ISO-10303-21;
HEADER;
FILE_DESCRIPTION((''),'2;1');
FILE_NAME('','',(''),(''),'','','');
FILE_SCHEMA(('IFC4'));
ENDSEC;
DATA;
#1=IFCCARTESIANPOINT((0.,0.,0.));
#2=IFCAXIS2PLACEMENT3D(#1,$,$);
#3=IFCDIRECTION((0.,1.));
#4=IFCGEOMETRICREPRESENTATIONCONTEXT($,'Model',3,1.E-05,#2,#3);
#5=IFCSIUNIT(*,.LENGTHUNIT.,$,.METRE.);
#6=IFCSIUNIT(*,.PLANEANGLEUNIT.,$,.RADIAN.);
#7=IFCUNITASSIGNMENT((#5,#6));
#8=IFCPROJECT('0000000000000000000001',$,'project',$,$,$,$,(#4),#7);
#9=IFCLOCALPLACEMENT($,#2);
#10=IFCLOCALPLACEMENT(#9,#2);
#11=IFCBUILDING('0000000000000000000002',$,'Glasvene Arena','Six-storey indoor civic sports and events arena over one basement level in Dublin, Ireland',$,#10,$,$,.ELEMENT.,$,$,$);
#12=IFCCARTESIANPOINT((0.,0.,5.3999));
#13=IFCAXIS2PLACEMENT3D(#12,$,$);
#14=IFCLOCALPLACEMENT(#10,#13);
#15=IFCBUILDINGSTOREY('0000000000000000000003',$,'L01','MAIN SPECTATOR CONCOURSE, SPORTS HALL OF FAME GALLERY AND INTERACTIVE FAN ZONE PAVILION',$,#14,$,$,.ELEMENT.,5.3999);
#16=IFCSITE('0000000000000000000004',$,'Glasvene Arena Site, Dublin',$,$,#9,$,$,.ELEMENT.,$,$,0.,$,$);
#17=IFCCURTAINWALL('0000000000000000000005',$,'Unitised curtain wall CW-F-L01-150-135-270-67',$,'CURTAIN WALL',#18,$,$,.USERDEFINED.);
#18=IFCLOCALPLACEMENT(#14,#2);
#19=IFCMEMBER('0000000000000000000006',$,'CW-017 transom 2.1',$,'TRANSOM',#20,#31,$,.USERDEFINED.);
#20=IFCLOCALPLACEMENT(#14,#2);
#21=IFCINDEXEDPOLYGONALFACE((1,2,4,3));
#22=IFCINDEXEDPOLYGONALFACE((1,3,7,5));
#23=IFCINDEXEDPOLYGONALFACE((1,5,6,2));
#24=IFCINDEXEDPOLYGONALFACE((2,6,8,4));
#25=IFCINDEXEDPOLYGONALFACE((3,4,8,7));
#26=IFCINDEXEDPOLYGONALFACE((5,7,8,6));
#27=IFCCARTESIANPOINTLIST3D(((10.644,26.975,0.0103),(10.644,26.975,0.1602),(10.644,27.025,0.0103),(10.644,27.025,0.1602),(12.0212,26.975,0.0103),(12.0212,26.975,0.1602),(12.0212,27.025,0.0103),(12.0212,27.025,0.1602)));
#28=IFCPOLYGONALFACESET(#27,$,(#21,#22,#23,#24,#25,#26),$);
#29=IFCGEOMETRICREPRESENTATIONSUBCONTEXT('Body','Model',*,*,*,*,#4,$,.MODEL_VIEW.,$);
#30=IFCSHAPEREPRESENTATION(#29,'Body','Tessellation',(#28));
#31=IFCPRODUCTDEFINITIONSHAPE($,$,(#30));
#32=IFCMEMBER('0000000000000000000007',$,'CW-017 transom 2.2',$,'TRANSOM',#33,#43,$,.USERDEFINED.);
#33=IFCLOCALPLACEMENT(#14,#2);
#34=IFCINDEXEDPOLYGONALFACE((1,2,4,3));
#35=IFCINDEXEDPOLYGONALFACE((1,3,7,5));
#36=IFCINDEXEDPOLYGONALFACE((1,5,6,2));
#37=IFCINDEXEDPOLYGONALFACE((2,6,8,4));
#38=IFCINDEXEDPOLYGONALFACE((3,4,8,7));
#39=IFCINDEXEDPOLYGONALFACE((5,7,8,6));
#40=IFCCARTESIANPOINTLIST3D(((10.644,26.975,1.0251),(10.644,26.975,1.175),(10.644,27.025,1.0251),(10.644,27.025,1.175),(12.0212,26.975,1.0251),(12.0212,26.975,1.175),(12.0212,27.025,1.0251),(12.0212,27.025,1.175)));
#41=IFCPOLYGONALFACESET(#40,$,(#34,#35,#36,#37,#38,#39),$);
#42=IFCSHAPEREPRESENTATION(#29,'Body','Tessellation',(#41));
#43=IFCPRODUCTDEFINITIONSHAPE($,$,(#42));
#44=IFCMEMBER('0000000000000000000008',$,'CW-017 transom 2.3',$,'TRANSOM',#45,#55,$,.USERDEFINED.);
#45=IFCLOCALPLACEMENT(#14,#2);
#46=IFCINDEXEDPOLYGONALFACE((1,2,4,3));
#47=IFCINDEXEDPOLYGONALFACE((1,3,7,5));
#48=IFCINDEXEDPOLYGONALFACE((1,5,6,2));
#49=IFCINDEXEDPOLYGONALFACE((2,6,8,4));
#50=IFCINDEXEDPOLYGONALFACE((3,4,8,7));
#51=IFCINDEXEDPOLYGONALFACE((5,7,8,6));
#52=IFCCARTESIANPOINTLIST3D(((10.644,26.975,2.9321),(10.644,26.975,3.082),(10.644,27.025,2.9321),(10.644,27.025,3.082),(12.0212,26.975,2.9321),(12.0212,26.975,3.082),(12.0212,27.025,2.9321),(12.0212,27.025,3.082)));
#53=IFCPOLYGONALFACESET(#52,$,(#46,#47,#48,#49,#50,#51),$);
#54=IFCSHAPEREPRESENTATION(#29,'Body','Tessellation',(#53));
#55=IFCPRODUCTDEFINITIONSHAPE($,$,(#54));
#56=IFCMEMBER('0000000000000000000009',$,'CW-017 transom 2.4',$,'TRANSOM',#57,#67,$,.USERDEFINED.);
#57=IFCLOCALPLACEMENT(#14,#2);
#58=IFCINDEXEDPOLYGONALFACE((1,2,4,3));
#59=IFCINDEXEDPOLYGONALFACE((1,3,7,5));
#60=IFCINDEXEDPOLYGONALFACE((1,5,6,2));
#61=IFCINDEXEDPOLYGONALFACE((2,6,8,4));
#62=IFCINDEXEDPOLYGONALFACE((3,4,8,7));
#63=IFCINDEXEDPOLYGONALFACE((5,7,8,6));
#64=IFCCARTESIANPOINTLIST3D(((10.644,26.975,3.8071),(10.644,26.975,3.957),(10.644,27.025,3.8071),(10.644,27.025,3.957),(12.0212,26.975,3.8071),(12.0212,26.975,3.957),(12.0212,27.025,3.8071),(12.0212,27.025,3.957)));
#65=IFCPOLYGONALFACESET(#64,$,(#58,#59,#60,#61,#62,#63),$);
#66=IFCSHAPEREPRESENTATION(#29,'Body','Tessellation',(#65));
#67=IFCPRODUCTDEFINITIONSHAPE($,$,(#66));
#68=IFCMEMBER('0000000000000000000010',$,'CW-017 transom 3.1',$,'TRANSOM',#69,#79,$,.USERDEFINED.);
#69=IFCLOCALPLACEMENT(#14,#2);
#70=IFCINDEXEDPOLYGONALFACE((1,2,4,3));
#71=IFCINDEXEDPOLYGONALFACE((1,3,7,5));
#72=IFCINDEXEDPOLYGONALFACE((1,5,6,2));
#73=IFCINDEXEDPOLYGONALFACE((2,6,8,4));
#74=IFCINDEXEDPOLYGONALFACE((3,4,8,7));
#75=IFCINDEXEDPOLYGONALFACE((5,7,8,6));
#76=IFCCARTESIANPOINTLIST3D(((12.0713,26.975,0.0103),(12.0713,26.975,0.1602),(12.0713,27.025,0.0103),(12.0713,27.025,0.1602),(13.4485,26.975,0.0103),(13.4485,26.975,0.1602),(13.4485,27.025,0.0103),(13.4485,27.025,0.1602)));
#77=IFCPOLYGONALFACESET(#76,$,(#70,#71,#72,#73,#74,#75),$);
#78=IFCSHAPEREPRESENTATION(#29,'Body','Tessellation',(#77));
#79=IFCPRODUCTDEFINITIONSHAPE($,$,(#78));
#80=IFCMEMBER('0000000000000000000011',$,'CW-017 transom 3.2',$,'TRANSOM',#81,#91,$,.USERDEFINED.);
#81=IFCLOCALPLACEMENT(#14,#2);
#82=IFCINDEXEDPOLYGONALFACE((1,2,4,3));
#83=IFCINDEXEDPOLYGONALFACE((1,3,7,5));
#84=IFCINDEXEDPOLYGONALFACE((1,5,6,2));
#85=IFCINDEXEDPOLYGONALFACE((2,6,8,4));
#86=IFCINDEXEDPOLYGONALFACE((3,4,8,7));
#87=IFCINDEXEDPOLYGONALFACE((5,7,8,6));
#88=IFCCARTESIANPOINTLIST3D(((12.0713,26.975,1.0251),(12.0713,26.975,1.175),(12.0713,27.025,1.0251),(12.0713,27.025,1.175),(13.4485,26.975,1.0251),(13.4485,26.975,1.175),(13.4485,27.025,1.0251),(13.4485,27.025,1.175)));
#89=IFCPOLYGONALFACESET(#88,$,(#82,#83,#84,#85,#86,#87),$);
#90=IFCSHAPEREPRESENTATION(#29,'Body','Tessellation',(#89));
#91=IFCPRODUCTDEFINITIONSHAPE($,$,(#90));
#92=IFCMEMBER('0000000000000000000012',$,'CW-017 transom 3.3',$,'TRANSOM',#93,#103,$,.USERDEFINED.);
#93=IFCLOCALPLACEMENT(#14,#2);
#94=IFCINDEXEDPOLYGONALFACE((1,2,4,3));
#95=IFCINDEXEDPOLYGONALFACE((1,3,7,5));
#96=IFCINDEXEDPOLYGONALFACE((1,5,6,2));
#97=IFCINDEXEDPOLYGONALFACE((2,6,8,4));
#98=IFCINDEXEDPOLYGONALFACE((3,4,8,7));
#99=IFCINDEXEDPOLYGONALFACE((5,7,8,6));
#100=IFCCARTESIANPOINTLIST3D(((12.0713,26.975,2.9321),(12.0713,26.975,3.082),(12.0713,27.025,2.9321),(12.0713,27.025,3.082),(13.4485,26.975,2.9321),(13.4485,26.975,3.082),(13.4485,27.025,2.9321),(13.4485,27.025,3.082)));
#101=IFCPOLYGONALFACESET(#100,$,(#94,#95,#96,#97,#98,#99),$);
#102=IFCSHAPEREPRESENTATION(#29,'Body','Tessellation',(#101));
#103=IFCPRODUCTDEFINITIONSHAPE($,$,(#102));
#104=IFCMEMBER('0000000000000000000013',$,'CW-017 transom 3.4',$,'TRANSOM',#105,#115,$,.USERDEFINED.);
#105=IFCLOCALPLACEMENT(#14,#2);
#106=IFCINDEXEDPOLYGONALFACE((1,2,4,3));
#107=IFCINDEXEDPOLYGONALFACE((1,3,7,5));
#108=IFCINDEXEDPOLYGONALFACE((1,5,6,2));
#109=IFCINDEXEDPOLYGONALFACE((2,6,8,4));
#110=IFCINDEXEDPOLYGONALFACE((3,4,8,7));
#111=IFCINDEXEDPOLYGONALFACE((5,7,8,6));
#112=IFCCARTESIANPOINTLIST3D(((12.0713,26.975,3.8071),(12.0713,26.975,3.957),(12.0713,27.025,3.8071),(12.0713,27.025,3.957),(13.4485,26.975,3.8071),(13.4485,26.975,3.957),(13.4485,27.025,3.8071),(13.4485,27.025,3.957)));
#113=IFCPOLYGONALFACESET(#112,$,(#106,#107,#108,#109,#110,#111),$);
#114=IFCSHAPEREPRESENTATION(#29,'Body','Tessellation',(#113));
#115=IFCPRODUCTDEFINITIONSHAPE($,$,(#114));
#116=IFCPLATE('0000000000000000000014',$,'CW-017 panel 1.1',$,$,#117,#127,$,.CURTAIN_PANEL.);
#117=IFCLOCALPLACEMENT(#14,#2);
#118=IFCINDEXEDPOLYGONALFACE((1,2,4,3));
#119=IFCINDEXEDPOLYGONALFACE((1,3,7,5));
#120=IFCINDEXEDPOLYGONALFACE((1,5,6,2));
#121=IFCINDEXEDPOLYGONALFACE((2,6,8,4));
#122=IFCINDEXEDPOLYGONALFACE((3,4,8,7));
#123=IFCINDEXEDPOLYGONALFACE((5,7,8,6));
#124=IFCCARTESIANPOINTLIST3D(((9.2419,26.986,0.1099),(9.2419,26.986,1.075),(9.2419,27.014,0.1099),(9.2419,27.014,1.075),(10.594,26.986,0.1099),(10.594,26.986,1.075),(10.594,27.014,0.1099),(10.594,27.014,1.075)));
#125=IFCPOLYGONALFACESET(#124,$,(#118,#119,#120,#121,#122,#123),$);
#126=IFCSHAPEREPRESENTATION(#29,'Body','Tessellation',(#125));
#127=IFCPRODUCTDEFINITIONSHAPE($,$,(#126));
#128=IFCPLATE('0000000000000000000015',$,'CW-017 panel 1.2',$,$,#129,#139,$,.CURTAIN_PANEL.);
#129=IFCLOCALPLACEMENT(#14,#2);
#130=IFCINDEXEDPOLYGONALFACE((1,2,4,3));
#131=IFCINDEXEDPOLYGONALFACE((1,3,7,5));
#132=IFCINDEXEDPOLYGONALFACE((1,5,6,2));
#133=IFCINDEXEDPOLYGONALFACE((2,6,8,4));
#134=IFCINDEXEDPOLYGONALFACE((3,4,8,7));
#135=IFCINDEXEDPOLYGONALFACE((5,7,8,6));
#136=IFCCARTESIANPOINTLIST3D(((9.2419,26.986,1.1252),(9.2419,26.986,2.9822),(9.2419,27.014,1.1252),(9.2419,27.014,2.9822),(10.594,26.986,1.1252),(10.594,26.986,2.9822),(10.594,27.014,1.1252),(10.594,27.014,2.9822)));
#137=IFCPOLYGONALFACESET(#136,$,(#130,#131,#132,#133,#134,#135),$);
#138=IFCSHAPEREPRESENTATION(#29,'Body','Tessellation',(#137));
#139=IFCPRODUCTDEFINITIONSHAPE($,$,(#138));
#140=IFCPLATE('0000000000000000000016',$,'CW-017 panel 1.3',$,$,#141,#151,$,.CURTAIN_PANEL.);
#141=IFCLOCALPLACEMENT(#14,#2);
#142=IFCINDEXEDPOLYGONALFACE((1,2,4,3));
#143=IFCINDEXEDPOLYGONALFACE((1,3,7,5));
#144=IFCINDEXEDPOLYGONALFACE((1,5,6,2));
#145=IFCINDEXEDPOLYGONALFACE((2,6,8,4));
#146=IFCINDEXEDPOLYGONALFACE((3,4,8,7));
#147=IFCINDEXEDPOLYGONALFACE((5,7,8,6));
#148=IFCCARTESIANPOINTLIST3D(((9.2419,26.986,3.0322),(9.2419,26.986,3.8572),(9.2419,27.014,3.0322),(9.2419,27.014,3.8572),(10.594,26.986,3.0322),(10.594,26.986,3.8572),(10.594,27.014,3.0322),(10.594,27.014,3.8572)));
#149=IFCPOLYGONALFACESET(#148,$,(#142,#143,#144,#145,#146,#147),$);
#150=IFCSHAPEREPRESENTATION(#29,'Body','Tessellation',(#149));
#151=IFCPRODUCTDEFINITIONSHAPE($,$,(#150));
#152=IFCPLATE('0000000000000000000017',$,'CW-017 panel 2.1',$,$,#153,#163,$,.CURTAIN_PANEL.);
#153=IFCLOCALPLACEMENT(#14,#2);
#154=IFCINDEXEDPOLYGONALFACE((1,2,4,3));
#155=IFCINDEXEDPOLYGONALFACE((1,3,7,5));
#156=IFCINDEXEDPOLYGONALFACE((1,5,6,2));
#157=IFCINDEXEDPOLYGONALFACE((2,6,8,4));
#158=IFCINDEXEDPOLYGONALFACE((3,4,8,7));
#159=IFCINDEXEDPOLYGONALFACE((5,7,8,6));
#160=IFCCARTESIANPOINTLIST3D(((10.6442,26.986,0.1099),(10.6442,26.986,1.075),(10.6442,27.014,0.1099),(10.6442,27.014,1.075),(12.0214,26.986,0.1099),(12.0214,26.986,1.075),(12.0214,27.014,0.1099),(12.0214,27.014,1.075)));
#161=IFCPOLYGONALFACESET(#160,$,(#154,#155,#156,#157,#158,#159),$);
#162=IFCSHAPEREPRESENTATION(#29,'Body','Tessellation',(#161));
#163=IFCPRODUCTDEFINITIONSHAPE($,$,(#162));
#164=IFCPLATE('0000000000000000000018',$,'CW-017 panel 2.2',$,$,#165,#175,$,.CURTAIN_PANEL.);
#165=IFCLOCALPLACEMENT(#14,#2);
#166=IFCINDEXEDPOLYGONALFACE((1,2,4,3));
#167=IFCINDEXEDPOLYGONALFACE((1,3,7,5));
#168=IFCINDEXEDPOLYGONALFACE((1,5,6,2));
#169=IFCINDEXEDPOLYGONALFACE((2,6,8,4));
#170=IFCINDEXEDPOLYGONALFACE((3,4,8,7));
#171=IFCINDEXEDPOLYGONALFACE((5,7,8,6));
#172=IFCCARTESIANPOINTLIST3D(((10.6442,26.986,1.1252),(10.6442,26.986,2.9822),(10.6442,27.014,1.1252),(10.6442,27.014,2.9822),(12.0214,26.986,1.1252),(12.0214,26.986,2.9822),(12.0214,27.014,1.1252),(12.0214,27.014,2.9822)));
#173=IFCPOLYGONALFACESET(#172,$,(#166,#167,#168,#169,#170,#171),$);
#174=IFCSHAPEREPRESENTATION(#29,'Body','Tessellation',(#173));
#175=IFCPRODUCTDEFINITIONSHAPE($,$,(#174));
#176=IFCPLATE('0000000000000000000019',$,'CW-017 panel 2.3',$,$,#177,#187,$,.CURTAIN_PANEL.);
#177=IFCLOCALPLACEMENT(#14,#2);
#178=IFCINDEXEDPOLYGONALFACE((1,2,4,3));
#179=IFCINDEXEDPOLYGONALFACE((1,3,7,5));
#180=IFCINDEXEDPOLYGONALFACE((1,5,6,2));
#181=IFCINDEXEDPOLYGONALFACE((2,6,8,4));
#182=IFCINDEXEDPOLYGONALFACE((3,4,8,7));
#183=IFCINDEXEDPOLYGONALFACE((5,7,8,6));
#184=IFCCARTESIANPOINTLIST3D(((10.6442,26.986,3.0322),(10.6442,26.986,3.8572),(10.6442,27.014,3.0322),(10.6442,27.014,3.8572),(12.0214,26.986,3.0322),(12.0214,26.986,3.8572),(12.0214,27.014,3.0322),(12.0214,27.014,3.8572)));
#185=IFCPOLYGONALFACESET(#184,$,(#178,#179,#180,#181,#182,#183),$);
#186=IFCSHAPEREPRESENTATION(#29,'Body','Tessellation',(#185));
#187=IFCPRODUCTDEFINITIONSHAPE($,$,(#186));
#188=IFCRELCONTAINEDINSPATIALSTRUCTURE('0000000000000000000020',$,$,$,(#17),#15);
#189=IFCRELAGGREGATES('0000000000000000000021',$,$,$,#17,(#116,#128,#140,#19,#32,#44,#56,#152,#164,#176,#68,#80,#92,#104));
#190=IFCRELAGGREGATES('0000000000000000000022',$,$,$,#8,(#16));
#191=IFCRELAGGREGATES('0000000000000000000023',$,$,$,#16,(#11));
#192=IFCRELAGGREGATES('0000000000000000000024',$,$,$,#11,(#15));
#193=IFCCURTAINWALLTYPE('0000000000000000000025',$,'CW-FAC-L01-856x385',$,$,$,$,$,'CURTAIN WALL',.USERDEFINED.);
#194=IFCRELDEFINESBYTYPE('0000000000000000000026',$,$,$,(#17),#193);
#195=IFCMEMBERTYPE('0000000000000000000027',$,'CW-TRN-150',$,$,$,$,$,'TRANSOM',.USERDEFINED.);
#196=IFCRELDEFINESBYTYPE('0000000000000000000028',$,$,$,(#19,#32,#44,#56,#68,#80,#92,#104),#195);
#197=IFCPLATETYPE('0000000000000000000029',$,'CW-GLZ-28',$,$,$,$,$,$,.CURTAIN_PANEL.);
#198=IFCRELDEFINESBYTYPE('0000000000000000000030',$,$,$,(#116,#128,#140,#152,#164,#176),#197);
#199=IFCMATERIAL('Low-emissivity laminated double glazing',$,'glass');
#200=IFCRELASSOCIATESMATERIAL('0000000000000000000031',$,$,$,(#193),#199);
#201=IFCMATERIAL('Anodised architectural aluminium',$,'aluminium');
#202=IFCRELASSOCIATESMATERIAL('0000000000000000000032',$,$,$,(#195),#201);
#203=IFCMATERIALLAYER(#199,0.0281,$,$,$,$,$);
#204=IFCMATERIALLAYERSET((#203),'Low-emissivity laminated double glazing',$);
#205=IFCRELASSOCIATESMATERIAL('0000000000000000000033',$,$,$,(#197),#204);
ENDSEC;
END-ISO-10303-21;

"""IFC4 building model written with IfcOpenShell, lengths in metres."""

from ifc_helpers import new_model, si_unit, direction, frame, origin, origin_2d, place, context, subcontext, project, spatial, rectangle, extrude, material, layer, layer_set, material_profile, profile_set, type_object, element, aggregate, save


model = new_model("IFC4")

# Units and contexts
model_context = context("Model", 3, precision=1e-05, world=origin(), true_north=direction((0.0, 1.0)))
body_context = subcontext(model_context, "Body", "Model", "MODEL_VIEW")
ifc_project = project(units=[si_unit("LENGTHUNIT", "METRE"), si_unit("PLANEANGLEUNIT", "RADIAN")], contexts=[model_context])

# Site, building, storey
site_placement = place(None, origin())
site = spatial("IfcSite", under=ifc_project, at=site_placement, Name="Glasvene Arena Site, Dublin", CompositionType="ELEMENT", RefElevation=0.0)
building_placement = place(site_placement, origin())
building = spatial("IfcBuilding", under=site, at=building_placement, Name="Glasvene Arena", Description="Six-storey indoor civic sports and events arena over one basement level in Dublin, Ireland", CompositionType="ELEMENT")
storey_placement = place(building_placement, frame((0.0, 0.0, 5.3999)))
storey = spatial("IfcBuildingStorey", under=building, at=storey_placement, Name="L01", Description="MAIN SPECTATOR CONCOURSE, SPORTS HALL OF FAME GALLERY AND INTERACTIVE FAN ZONE PAVILION", CompositionType="ELEMENT", Elevation=5.3999)

# Curtain wall, members, plates
ifc_material_1 = material(Name="Low-emissivity laminated double glazing", Category="glass")
curtain_wall_type = type_object("IfcCurtainWallType", Name="CW-FAC-L01-856x385", ElementType="CURTAIN WALL", PredefinedType="USERDEFINED", material=ifc_material_1)
curtain_wall_placement = place(storey_placement, frame((9.1919, 27.0, 0.0)))
curtain_wall = element("IfcCurtainWall", 1, at=curtain_wall_placement, inside=storey, type_object=curtain_wall_type, Name="Unitised curtain wall CW-F-L01-150-135-270-67", ObjectType="CURTAIN WALL", PredefinedType="USERDEFINED")
ifc_material_2 = material(Name="Anodised architectural aluminium", Category="aluminium")
ifc_material_profile_1 = material_profile(ifc_material_2, rectangle(XDim=0.05, YDim=0.1499, at=origin_2d()), Name="ALU TRANSOM 50x150")
ifc_profile_set_1 = profile_set([ifc_material_profile_1], Name="Anodised architectural aluminium")
member_type_1 = type_object("IfcMemberType", Name="CW-TRN-150", ElementType="TRANSOM", PredefinedType="USERDEFINED", material=ifc_profile_set_1)
member_1_placement = place(storey_placement, frame((10.644, 27.0, 0.0852), z_axis=(1.0, 0.0, 0.0), x_axis=(0.0, 1.0, 0.0)))
member_1 = element("IfcMember", 2, at=member_1_placement, type_object=member_type_1, Name="CW-017 transom 2.1", ObjectType="TRANSOM", PredefinedType="USERDEFINED", context=body_context, shape_type="SweptSolid", body=[
    extrude(rectangle(XDim=0.05, YDim=0.1499, at=origin_2d()), origin(), (0.0, 0.0, 1.0), 1.3772),
])
member_2_placement = place(storey_placement, frame((10.644, 27.0, 1.1001), z_axis=(1.0, 0.0, 0.0), x_axis=(0.0, 1.0, 0.0)))
member_2 = element("IfcMember", 3, at=member_2_placement, type_object=member_type_1, Name="CW-017 transom 2.2", ObjectType="TRANSOM", PredefinedType="USERDEFINED", context=body_context, shape_type="SweptSolid", body=[
    extrude(rectangle(XDim=0.05, YDim=0.1499, at=origin_2d()), origin(), (0.0, 0.0, 1.0), 1.3772),
])
member_3_placement = place(storey_placement, frame((10.644, 27.0, 3.0071), z_axis=(1.0, 0.0, 0.0), x_axis=(0.0, 1.0, 0.0)))
member_3 = element("IfcMember", 4, at=member_3_placement, type_object=member_type_1, Name="CW-017 transom 2.3", ObjectType="TRANSOM", PredefinedType="USERDEFINED", context=body_context, shape_type="SweptSolid", body=[
    extrude(rectangle(XDim=0.05, YDim=0.1499, at=origin_2d()), origin(), (0.0, 0.0, 1.0), 1.3772),
])
member_4_placement = place(storey_placement, frame((10.644, 27.0, 3.8821), z_axis=(1.0, 0.0, 0.0), x_axis=(0.0, 1.0, 0.0)))
member_4 = element("IfcMember", 5, at=member_4_placement, type_object=member_type_1, Name="CW-017 transom 2.4", ObjectType="TRANSOM", PredefinedType="USERDEFINED", context=body_context, shape_type="SweptSolid", body=[
    extrude(rectangle(XDim=0.05, YDim=0.1499, at=origin_2d()), origin(), (0.0, 0.0, 1.0), 1.3772),
])
member_5_placement = place(storey_placement, frame((12.0713, 27.0, 0.0852), z_axis=(1.0, 0.0, 0.0), x_axis=(0.0, 1.0, 0.0)))
member_5 = element("IfcMember", 6, at=member_5_placement, type_object=member_type_1, Name="CW-017 transom 3.1", ObjectType="TRANSOM", PredefinedType="USERDEFINED", context=body_context, shape_type="SweptSolid", body=[
    extrude(rectangle(XDim=0.05, YDim=0.1499, at=origin_2d()), origin(), (0.0, 0.0, 1.0), 1.3772),
])
member_6_placement = place(storey_placement, frame((12.0713, 27.0, 1.1001), z_axis=(1.0, 0.0, 0.0), x_axis=(0.0, 1.0, 0.0)))
member_6 = element("IfcMember", 7, at=member_6_placement, type_object=member_type_1, Name="CW-017 transom 3.2", ObjectType="TRANSOM", PredefinedType="USERDEFINED", context=body_context, shape_type="SweptSolid", body=[
    extrude(rectangle(XDim=0.05, YDim=0.1499, at=origin_2d()), origin(), (0.0, 0.0, 1.0), 1.3772),
])
member_7_placement = place(storey_placement, frame((12.0713, 27.0, 3.0071), z_axis=(1.0, 0.0, 0.0), x_axis=(0.0, 1.0, 0.0)))
member_7 = element("IfcMember", 8, at=member_7_placement, type_object=member_type_1, Name="CW-017 transom 3.3", ObjectType="TRANSOM", PredefinedType="USERDEFINED", context=body_context, shape_type="SweptSolid", body=[
    extrude(rectangle(XDim=0.05, YDim=0.1499, at=origin_2d()), origin(), (0.0, 0.0, 1.0), 1.3772),
])
member_8_placement = place(storey_placement, frame((12.0713, 27.0, 3.8821), z_axis=(1.0, 0.0, 0.0), x_axis=(0.0, 1.0, 0.0)))
member_8 = element("IfcMember", 9, at=member_8_placement, type_object=member_type_1, Name="CW-017 transom 3.4", ObjectType="TRANSOM", PredefinedType="USERDEFINED", context=body_context, shape_type="SweptSolid", body=[
    extrude(rectangle(XDim=0.05, YDim=0.1499, at=origin_2d()), origin(), (0.0, 0.0, 1.0), 1.3772),
])
ifc_layer_1 = layer(ifc_material_1, 0.0281)
ifc_layer_set_1 = layer_set([ifc_layer_1], Name="Low-emissivity laminated double glazing")
plate_type = type_object("IfcPlateType", Name="CW-GLZ-28", PredefinedType="CURTAIN_PANEL", material=ifc_layer_set_1)
plate_1_placement = place(storey_placement, frame((9.918, 27.0, 0.1099), z_axis=(0.0, 0.0, 1.0), x_axis=(1.0, 0.0, 0.0)))
plate_1 = element("IfcPlate", 10, at=plate_1_placement, type_object=plate_type, Name="CW-017 panel 1.1", PredefinedType="CURTAIN_PANEL", context=body_context, shape_type="SweptSolid", body=[
    extrude(rectangle(XDim=1.3521, YDim=0.0281, at=origin_2d()), origin(), (0.0, 0.0, 1.0), 0.9651),
])
plate_2_placement = place(storey_placement, frame((9.918, 27.0, 1.1252), z_axis=(0.0, 0.0, 1.0), x_axis=(1.0, 0.0, 0.0)))
plate_2 = element("IfcPlate", 11, at=plate_2_placement, type_object=plate_type, Name="CW-017 panel 1.2", PredefinedType="CURTAIN_PANEL", context=body_context, shape_type="SweptSolid", body=[
    extrude(rectangle(XDim=1.3521, YDim=0.0281, at=origin_2d()), origin(), (0.0, 0.0, 1.0), 1.8569),
])
plate_3_placement = place(storey_placement, frame((9.918, 27.0, 3.0322), z_axis=(0.0, 0.0, 1.0), x_axis=(1.0, 0.0, 0.0)))
plate_3 = element("IfcPlate", 12, at=plate_3_placement, type_object=plate_type, Name="CW-017 panel 1.3", PredefinedType="CURTAIN_PANEL", context=body_context, shape_type="SweptSolid", body=[
    extrude(rectangle(XDim=1.3521, YDim=0.0281, at=origin_2d()), origin(), (0.0, 0.0, 1.0), 0.825),
])
plate_4_placement = place(storey_placement, frame((11.3328, 27.0, 0.1099), z_axis=(0.0, 0.0, 1.0), x_axis=(1.0, 0.0, 0.0)))
plate_4 = element("IfcPlate", 13, at=plate_4_placement, type_object=plate_type, Name="CW-017 panel 2.1", PredefinedType="CURTAIN_PANEL", context=body_context, shape_type="SweptSolid", body=[
    extrude(rectangle(XDim=1.3772, YDim=0.0281, at=origin_2d()), origin(), (0.0, 0.0, 1.0), 0.9651),
])
plate_5_placement = place(storey_placement, frame((11.3328, 27.0, 1.1252), z_axis=(0.0, 0.0, 1.0), x_axis=(1.0, 0.0, 0.0)))
plate_5 = element("IfcPlate", 14, at=plate_5_placement, type_object=plate_type, Name="CW-017 panel 2.2", PredefinedType="CURTAIN_PANEL", context=body_context, shape_type="SweptSolid", body=[
    extrude(rectangle(XDim=1.3772, YDim=0.0281, at=origin_2d()), origin(), (0.0, 0.0, 1.0), 1.8569),
])
plate_6_placement = place(storey_placement, frame((11.3328, 27.0, 3.0322), z_axis=(0.0, 0.0, 1.0), x_axis=(1.0, 0.0, 0.0)))
plate_6 = element("IfcPlate", 15, at=plate_6_placement, type_object=plate_type, Name="CW-017 panel 2.3", PredefinedType="CURTAIN_PANEL", context=body_context, shape_type="SweptSolid", body=[
    extrude(rectangle(XDim=1.3772, YDim=0.0281, at=origin_2d()), origin(), (0.0, 0.0, 1.0), 0.825),
])
aggregate(curtain_wall, [plate_1, plate_2, plate_3, member_1, member_2, member_3, member_4, plate_4, plate_5, plate_6, member_5, member_6, member_7, member_8])

save(model, "model.ifc")
